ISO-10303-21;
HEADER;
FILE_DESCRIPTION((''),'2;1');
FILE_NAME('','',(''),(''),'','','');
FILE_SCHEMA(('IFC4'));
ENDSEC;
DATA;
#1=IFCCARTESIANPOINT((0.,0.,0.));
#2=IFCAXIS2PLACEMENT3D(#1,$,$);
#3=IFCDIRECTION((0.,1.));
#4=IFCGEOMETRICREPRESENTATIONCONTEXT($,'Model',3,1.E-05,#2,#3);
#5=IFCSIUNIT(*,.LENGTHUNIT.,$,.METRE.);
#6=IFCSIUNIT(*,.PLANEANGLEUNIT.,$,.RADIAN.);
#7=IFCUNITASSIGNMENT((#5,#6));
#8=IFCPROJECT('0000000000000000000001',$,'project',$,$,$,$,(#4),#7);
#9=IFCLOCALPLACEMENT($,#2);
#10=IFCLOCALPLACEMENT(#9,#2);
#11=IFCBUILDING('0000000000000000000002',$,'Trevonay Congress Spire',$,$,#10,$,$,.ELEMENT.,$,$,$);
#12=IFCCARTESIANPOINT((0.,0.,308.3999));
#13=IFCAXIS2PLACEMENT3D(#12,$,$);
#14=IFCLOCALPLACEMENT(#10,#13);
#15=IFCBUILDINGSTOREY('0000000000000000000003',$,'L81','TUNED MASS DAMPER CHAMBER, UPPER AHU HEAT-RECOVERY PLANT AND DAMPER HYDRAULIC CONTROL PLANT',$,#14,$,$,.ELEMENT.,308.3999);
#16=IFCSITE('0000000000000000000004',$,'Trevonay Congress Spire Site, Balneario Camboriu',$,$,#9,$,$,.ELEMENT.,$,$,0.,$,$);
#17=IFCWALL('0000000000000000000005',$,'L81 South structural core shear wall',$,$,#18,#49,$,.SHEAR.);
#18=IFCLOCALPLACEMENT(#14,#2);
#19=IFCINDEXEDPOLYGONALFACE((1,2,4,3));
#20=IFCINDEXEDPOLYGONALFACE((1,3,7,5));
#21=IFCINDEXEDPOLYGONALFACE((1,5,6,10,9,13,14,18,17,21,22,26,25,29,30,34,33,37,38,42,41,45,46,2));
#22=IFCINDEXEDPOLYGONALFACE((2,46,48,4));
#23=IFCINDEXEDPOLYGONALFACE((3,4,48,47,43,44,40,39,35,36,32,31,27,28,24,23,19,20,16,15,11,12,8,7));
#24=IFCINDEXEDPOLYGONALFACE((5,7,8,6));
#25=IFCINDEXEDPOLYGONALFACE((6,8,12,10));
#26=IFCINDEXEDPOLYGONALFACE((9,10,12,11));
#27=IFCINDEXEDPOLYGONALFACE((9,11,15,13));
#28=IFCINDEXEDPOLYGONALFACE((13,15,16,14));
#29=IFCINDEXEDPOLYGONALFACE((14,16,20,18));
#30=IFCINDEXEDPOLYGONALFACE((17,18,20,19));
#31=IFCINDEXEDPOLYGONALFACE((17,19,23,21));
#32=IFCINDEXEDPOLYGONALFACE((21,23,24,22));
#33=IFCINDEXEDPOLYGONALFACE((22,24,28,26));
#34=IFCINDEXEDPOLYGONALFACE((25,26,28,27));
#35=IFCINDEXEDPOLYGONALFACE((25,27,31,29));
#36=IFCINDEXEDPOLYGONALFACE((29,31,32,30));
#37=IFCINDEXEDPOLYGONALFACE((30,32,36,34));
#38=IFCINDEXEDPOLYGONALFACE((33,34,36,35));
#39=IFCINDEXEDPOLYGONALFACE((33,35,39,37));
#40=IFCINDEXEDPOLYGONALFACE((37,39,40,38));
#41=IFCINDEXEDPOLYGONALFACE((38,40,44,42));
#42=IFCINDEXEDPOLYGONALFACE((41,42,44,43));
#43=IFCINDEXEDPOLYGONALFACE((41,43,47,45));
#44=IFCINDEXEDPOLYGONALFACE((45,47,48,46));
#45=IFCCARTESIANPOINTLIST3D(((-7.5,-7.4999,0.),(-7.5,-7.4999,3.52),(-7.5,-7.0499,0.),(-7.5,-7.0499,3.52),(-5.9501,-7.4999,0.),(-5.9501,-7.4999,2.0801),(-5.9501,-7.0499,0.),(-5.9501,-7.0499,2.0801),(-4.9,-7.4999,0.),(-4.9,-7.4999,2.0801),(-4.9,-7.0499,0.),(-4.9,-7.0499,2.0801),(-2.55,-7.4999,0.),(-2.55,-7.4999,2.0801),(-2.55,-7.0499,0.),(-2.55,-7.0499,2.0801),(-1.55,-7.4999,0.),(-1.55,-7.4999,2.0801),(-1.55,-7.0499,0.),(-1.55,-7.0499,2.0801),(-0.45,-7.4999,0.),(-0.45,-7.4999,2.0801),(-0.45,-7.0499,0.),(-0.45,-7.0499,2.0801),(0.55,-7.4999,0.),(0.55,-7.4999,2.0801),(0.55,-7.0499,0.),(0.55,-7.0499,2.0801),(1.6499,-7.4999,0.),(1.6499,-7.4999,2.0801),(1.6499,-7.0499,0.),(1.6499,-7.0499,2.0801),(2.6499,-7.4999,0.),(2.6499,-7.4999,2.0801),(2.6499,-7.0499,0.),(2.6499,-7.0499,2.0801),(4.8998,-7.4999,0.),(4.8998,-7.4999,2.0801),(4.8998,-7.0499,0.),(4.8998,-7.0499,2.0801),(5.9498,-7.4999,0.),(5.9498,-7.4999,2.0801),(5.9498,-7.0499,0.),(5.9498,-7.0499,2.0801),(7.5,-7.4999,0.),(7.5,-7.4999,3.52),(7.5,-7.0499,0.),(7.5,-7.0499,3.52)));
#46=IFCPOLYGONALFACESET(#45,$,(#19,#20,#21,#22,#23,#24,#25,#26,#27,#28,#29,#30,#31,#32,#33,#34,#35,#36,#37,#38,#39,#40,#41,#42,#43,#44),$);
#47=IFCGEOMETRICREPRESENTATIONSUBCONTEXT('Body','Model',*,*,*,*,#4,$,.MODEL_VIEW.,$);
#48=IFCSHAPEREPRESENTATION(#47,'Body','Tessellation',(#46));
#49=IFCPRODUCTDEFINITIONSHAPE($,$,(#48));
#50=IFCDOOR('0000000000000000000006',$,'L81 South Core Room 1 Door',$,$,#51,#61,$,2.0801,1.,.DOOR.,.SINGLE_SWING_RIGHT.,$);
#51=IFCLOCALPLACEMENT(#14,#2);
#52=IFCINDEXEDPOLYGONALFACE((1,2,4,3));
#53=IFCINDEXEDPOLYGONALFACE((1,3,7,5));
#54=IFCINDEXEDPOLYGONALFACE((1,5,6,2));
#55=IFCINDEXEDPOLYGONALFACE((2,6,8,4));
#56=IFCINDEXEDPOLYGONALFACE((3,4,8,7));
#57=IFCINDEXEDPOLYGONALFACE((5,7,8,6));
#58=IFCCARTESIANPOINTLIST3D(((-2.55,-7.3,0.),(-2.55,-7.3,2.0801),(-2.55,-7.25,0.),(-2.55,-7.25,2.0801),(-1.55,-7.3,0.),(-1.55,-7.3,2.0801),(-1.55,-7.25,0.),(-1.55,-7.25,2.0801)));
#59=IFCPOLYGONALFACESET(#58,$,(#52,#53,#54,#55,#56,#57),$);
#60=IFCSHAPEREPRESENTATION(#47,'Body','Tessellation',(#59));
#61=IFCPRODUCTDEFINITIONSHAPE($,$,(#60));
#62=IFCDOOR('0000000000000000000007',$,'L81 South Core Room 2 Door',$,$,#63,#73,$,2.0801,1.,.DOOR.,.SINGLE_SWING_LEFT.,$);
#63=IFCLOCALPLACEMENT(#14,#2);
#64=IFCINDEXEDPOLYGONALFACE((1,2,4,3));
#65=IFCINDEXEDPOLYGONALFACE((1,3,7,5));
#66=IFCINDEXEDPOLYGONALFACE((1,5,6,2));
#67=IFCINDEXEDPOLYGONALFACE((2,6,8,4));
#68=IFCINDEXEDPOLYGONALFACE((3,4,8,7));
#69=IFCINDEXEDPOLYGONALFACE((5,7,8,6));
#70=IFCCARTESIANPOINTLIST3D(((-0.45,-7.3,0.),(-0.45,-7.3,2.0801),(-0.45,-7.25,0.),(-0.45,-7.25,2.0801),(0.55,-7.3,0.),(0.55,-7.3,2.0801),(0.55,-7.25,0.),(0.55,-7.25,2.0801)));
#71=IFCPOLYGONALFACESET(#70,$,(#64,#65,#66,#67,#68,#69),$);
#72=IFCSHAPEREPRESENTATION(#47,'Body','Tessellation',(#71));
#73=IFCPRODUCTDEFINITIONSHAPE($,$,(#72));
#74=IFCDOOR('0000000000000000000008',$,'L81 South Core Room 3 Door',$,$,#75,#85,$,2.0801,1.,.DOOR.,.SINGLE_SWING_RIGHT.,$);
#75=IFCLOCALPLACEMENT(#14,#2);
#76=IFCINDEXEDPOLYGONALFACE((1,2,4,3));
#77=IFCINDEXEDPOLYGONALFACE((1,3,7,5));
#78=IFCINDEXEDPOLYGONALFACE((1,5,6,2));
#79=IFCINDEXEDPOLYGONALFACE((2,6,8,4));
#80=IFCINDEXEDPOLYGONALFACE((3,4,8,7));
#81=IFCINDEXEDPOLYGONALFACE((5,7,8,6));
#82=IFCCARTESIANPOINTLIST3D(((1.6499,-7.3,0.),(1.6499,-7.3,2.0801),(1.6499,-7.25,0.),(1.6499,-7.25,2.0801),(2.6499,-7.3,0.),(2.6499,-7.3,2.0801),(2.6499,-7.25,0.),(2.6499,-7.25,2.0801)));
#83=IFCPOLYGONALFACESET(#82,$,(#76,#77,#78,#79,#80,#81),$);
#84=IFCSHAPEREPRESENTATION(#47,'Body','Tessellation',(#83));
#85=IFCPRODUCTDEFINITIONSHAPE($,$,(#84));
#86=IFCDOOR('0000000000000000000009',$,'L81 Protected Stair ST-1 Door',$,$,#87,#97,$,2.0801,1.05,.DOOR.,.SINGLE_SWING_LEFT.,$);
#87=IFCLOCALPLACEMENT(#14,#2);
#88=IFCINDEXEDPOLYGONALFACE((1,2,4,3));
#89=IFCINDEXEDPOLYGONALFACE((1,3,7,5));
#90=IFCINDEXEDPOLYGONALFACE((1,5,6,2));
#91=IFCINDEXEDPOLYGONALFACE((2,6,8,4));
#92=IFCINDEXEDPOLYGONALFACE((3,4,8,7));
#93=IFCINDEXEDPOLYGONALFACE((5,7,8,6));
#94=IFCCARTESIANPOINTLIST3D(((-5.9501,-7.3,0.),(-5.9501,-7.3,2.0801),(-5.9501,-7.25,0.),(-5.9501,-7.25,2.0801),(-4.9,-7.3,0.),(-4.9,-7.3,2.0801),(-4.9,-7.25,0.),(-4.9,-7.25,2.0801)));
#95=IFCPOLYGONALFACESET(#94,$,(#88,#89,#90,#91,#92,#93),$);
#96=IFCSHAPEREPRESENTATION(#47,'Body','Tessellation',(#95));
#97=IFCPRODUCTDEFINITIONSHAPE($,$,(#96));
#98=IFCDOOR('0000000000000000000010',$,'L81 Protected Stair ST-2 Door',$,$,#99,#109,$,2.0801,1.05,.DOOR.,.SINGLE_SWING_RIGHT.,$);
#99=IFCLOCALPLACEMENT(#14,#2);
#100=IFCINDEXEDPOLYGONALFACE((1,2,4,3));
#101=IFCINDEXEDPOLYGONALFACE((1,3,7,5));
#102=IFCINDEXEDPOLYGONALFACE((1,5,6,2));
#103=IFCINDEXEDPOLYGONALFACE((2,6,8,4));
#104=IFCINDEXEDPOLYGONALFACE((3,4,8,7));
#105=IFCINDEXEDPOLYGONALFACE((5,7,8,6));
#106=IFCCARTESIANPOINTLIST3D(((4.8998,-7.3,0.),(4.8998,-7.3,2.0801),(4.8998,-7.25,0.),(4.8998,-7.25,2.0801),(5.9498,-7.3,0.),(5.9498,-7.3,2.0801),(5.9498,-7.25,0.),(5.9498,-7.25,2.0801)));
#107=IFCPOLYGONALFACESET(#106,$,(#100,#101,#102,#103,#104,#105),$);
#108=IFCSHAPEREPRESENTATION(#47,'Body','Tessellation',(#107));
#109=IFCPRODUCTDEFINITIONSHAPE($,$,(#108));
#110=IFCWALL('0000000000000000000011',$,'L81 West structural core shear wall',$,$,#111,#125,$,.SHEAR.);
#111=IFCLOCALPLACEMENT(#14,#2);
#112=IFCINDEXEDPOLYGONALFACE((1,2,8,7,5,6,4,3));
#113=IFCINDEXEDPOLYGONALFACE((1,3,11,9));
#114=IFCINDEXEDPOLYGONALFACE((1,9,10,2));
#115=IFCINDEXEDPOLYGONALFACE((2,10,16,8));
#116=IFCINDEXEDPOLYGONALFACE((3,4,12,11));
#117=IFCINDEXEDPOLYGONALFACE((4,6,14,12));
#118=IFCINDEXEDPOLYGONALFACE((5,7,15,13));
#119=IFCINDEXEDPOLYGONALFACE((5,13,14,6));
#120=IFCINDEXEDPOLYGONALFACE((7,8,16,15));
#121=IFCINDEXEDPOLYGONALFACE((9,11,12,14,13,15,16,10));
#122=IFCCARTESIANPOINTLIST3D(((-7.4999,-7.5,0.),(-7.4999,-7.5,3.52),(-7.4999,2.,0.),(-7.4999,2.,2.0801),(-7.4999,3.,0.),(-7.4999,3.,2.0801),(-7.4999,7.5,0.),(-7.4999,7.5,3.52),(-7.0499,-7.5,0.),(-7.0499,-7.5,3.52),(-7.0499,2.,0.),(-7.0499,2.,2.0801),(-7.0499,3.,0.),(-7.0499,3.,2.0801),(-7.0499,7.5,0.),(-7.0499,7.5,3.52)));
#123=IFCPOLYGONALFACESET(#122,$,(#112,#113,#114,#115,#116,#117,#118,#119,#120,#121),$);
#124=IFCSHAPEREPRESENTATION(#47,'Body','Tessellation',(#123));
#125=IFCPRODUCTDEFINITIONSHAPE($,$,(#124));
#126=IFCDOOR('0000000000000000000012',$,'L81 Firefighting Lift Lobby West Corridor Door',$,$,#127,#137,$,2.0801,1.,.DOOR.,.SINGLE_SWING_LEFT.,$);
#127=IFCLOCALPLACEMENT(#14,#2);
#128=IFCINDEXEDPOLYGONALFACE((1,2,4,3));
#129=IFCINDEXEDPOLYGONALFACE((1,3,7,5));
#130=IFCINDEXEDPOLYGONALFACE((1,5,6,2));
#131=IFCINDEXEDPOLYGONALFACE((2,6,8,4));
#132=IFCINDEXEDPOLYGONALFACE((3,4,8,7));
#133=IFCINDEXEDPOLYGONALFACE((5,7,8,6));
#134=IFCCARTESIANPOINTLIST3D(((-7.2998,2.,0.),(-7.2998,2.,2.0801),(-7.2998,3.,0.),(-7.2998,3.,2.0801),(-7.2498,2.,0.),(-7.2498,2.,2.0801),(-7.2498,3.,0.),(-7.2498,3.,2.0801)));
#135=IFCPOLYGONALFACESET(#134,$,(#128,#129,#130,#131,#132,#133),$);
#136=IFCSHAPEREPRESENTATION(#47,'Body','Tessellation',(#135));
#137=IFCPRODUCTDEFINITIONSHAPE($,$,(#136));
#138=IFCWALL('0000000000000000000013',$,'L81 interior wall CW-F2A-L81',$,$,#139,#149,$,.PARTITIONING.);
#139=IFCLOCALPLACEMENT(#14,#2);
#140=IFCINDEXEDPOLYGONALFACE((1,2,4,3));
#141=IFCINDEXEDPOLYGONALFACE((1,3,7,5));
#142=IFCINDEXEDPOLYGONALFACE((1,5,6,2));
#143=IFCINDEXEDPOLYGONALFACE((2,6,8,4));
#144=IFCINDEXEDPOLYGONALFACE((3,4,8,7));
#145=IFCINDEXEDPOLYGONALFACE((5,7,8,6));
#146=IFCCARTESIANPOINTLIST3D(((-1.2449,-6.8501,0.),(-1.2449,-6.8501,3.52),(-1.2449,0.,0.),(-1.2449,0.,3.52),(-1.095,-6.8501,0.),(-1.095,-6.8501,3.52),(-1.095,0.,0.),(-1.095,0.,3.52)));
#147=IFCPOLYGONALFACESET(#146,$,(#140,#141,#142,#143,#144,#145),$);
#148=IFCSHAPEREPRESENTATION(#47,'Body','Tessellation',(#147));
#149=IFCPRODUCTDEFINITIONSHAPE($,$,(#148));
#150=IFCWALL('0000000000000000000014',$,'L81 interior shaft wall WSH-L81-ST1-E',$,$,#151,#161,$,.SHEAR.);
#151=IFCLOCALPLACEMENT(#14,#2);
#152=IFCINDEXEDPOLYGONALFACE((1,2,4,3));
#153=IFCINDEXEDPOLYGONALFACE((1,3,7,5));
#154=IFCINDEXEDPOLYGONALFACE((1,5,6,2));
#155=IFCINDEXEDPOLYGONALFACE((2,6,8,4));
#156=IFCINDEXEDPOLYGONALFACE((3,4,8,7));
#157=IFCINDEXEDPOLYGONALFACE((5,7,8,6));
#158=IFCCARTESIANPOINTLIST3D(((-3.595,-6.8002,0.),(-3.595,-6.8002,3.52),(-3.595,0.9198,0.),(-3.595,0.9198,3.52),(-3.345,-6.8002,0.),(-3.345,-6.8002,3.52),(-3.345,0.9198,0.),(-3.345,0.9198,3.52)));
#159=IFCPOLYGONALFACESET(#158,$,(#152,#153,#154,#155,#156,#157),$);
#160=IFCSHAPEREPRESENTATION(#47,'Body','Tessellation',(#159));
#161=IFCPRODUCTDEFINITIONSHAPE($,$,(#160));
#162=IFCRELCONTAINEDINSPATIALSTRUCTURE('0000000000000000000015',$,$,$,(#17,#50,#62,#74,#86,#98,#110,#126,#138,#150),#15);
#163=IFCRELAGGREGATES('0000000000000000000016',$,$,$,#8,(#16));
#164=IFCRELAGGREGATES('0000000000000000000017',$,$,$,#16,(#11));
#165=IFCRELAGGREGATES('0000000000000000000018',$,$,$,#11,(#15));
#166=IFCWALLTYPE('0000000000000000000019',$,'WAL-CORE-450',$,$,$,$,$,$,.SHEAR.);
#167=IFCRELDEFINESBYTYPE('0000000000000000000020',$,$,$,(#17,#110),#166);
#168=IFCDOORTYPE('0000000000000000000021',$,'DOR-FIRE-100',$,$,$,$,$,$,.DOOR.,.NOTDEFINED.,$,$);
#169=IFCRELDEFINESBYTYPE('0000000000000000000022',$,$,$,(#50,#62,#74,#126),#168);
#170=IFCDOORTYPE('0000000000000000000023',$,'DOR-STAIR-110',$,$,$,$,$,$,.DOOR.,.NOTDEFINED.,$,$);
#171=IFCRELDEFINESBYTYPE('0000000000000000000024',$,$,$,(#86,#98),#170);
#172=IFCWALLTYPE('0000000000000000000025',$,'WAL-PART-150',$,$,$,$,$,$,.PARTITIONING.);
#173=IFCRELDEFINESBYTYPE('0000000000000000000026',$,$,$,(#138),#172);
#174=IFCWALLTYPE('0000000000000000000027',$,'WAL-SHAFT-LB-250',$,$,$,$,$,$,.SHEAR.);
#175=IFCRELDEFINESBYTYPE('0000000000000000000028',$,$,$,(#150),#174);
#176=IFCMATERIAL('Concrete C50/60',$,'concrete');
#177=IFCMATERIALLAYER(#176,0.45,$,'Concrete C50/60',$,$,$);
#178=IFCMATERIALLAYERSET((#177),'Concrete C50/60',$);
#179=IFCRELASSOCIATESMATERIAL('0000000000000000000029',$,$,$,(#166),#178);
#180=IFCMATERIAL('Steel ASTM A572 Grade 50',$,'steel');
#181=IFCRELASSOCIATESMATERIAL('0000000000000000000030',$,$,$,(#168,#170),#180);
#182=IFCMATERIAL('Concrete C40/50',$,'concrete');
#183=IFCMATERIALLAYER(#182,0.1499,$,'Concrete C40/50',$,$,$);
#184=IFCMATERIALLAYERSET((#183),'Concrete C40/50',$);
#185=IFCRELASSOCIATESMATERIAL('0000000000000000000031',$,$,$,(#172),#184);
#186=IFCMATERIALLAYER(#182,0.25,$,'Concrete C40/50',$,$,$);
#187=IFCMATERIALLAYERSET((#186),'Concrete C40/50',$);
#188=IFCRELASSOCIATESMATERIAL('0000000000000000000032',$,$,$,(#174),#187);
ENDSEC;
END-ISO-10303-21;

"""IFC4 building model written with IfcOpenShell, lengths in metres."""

from ifc_helpers import new_model, si_unit, direction, frame, frame_2d, origin, place, context, subcontext, project, spatial, rectangle, extrude, material, layer, layer_set, type_object, element, fill, save


model = new_model("IFC4")

# Units and contexts
model_context = context("Model", 3, precision=1e-05, world=origin(), true_north=direction((0.0, 1.0)))
body_context = subcontext(model_context, "Body", "Model", "MODEL_VIEW")
ifc_project = project(units=[si_unit("LENGTHUNIT", "METRE"), si_unit("PLANEANGLEUNIT", "RADIAN")], contexts=[model_context])

# Site, building, storey
site_placement = place(None, origin())
site = spatial("IfcSite", under=ifc_project, at=site_placement, Name="Trevonay Congress Spire Site, Balneario Camboriu", CompositionType="ELEMENT", RefElevation=0.0)
building_placement = place(site_placement, origin())
building = spatial("IfcBuilding", under=site, at=building_placement, Name="Trevonay Congress Spire", CompositionType="ELEMENT")
storey_placement = place(building_placement, frame((0.0, 0.0, 308.3999)))
storey = spatial("IfcBuildingStorey", under=building, at=storey_placement, Name="L81", Description="TUNED MASS DAMPER CHAMBER, UPPER AHU HEAT-RECOVERY PLANT AND DAMPER HYDRAULIC CONTROL PLANT", CompositionType="ELEMENT", Elevation=308.3999)

# Shared definitions
ifc_material_1 = material(Name="Steel ASTM A572 Grade 50", Category="steel")

# Wall, openings, doors
ifc_material_2 = material(Name="Concrete C50/60", Category="concrete")
ifc_layer_1 = layer(ifc_material_2, 0.45, Name="Concrete C50/60")
ifc_layer_set_1 = layer_set([ifc_layer_1], Name="Concrete C50/60")
wall_type_1 = type_object("IfcWallType", Name="WAL-CORE-450", PredefinedType="SHEAR", material=ifc_layer_set_1)
wall_1_placement = place(storey_placement, frame((-7.5, -7.2749, 0.0), z_axis=(0.0, 0.0, 1.0), x_axis=(1.0, 0.0, 0.0)))
wall_1 = element("IfcWall", 1, at=wall_1_placement, inside=storey, type_object=wall_type_1, Name="L81 South structural core shear wall", PredefinedType="SHEAR", context=body_context, shape_type="SweptSolid", body=[
    extrude(rectangle(XDim=15.0, YDim=0.45, at=frame_2d((7.5, 0.0))), origin(), (0.0, 0.0, 1.0), 3.52),
])
opening_1_placement = place(wall_1_placement, frame((1.55, 0.0, 0.0)))
opening_1 = element("IfcOpeningElement", 2, at=opening_1_placement, cuts=wall_1, PredefinedType="OPENING", context=body_context, shape_type="SweptSolid", body=[
    extrude(rectangle(XDim=1.05, YDim=2.0801, at=frame_2d((0.5249, 1.04))), frame((0.0, 0.2349, 0.0), z_axis=(0.0, -1.0, 0.0), x_axis=(1.0, 0.0, 0.0)), (0.0, 0.0, 1.0), 0.47),
])
opening_2_placement = place(wall_1_placement, frame((12.3999, 0.0, 0.0)))
opening_2 = element("IfcOpeningElement", 3, at=opening_2_placement, cuts=wall_1, PredefinedType="OPENING", context=body_context, shape_type="SweptSolid", body=[
    extrude(rectangle(XDim=1.05, YDim=2.0801, at=frame_2d((0.5249, 1.04))), frame((0.0, 0.2349, 0.0), z_axis=(0.0, -1.0, 0.0), x_axis=(1.0, 0.0, 0.0)), (0.0, 0.0, 1.0), 0.47),
])
opening_3_placement = place(wall_1_placement, frame((4.95, 0.0, 0.0)))
opening_3 = element("IfcOpeningElement", 4, at=opening_3_placement, cuts=wall_1, PredefinedType="OPENING", context=body_context, shape_type="SweptSolid", body=[
    extrude(rectangle(XDim=1.0, YDim=2.0801, at=frame_2d((0.5, 1.04))), frame((0.0, 0.2349, 0.0), z_axis=(0.0, -1.0, 0.0), x_axis=(1.0, 0.0, 0.0)), (0.0, 0.0, 1.0), 0.47),
])
opening_4_placement = place(wall_1_placement, frame((7.05, 0.0, 0.0)))
opening_4 = element("IfcOpeningElement", 5, at=opening_4_placement, cuts=wall_1, PredefinedType="OPENING", context=body_context, shape_type="SweptSolid", body=[
    extrude(rectangle(XDim=1.0, YDim=2.0801, at=frame_2d((0.5, 1.04))), frame((0.0, 0.2349, 0.0), z_axis=(0.0, -1.0, 0.0), x_axis=(1.0, 0.0, 0.0)), (0.0, 0.0, 1.0), 0.47),
])
opening_5_placement = place(wall_1_placement, frame((9.1499, 0.0, 0.0)))
opening_5 = element("IfcOpeningElement", 6, at=opening_5_placement, cuts=wall_1, PredefinedType="OPENING", context=body_context, shape_type="SweptSolid", body=[
    extrude(rectangle(XDim=1.0, YDim=2.0801, at=frame_2d((0.5, 1.04))), frame((0.0, 0.2349, 0.0), z_axis=(0.0, -1.0, 0.0), x_axis=(1.0, 0.0, 0.0)), (0.0, 0.0, 1.0), 0.47),
])
door_type_1 = type_object("IfcDoorType", Name="DOR-FIRE-100", OperationType="NOTDEFINED", PredefinedType="DOOR", material=ifc_material_1)
door_1_placement = place(opening_3_placement, origin())
door_1 = element("IfcDoor", 7, at=door_1_placement, inside=storey, type_object=door_type_1, Name="L81 South Core Room 1 Door", OperationType="SINGLE_SWING_RIGHT", OverallHeight=2.0801, OverallWidth=1.0, PredefinedType="DOOR", context=body_context, shape_type="SweptSolid", body=[
    extrude(rectangle(XDim=1.0, YDim=2.0801, at=frame_2d((0.5, 1.04))), frame((0.0, 0.0249, 0.0), z_axis=(0.0, -1.0, 0.0), x_axis=(1.0, 0.0, 0.0)), (0.0, 0.0, 1.0), 0.05),
])
fill(opening_3, door_1)
door_2_placement = place(opening_4_placement, origin())
door_2 = element("IfcDoor", 8, at=door_2_placement, inside=storey, type_object=door_type_1, Name="L81 South Core Room 2 Door", OperationType="SINGLE_SWING_LEFT", OverallHeight=2.0801, OverallWidth=1.0, PredefinedType="DOOR", context=body_context, shape_type="SweptSolid", body=[
    extrude(rectangle(XDim=1.0, YDim=2.0801, at=frame_2d((0.5, 1.04))), frame((0.0, 0.0249, 0.0), z_axis=(0.0, -1.0, 0.0), x_axis=(1.0, 0.0, 0.0)), (0.0, 0.0, 1.0), 0.05),
])
fill(opening_4, door_2)
door_3_placement = place(opening_5_placement, origin())
door_3 = element("IfcDoor", 9, at=door_3_placement, inside=storey, type_object=door_type_1, Name="L81 South Core Room 3 Door", OperationType="SINGLE_SWING_RIGHT", OverallHeight=2.0801, OverallWidth=1.0, PredefinedType="DOOR", context=body_context, shape_type="SweptSolid", body=[
    extrude(rectangle(XDim=1.0, YDim=2.0801, at=frame_2d((0.5, 1.04))), frame((0.0, 0.0249, 0.0), z_axis=(0.0, -1.0, 0.0), x_axis=(1.0, 0.0, 0.0)), (0.0, 0.0, 1.0), 0.05),
])
fill(opening_5, door_3)
door_type_2 = type_object("IfcDoorType", Name="DOR-STAIR-110", OperationType="NOTDEFINED", PredefinedType="DOOR", material=ifc_material_1)
door_4_placement = place(opening_1_placement, origin())
door_4 = element("IfcDoor", 10, at=door_4_placement, inside=storey, type_object=door_type_2, Name="L81 Protected Stair ST-1 Door", OperationType="SINGLE_SWING_LEFT", OverallHeight=2.0801, OverallWidth=1.05, PredefinedType="DOOR", context=body_context, shape_type="SweptSolid", body=[
    extrude(rectangle(XDim=1.05, YDim=2.0801, at=frame_2d((0.5249, 1.04))), frame((0.0, 0.0249, 0.0), z_axis=(0.0, -1.0, 0.0), x_axis=(1.0, 0.0, 0.0)), (0.0, 0.0, 1.0), 0.05),
])
fill(opening_1, door_4)
door_5_placement = place(opening_2_placement, origin())
door_5 = element("IfcDoor", 11, at=door_5_placement, inside=storey, type_object=door_type_2, Name="L81 Protected Stair ST-2 Door", OperationType="SINGLE_SWING_RIGHT", OverallHeight=2.0801, OverallWidth=1.05, PredefinedType="DOOR", context=body_context, shape_type="SweptSolid", body=[
    extrude(rectangle(XDim=1.05, YDim=2.0801, at=frame_2d((0.5249, 1.04))), frame((0.0, 0.0249, 0.0), z_axis=(0.0, -1.0, 0.0), x_axis=(1.0, 0.0, 0.0)), (0.0, 0.0, 1.0), 0.05),
])
fill(opening_2, door_5)

# Wall, opening, door
wall_2_placement = place(storey_placement, frame((-7.2749, -7.5, 0.0), z_axis=(0.0, 0.0, 1.0), x_axis=(0.0, 1.0, 0.0)))
wall_2 = element("IfcWall", 12, at=wall_2_placement, inside=storey, type_object=wall_type_1, Name="L81 West structural core shear wall", PredefinedType="SHEAR", context=body_context, shape_type="SweptSolid", body=[
    extrude(rectangle(XDim=15.0, YDim=0.45, at=frame_2d((7.5, 0.0))), origin(), (0.0, 0.0, 1.0), 3.52),
])
opening_6_placement = place(wall_2_placement, frame((9.5, 0.0, 0.0)))
opening_6 = element("IfcOpeningElement", 13, at=opening_6_placement, cuts=wall_2, PredefinedType="OPENING", context=body_context, shape_type="SweptSolid", body=[
    extrude(rectangle(XDim=1.0, YDim=2.0801, at=frame_2d((0.5, 1.04))), frame((0.0, 0.2349, 0.0), z_axis=(0.0, -1.0, 0.0), x_axis=(1.0, 0.0, 0.0)), (0.0, 0.0, 1.0), 0.47),
])
door_6_placement = place(opening_6_placement, origin())
door_6 = element("IfcDoor", 14, at=door_6_placement, inside=storey, type_object=door_type_1, Name="L81 Firefighting Lift Lobby West Corridor Door", OperationType="SINGLE_SWING_LEFT", OverallHeight=2.0801, OverallWidth=1.0, PredefinedType="DOOR", context=body_context, shape_type="SweptSolid", body=[
    extrude(rectangle(XDim=1.0, YDim=2.0801, at=frame_2d((0.5, 1.04))), frame((0.0, 0.0249, 0.0), z_axis=(0.0, -1.0, 0.0), x_axis=(1.0, 0.0, 0.0)), (0.0, 0.0, 1.0), 0.05),
])
fill(opening_6, door_6)

# Walls
ifc_material_3 = material(Name="Concrete C40/50", Category="concrete")
ifc_layer_2 = layer(ifc_material_3, 0.1499, Name="Concrete C40/50")
ifc_layer_set_2 = layer_set([ifc_layer_2], Name="Concrete C40/50")
wall_type_2 = type_object("IfcWallType", Name="WAL-PART-150", PredefinedType="PARTITIONING", material=ifc_layer_set_2)
wall_3_placement = place(storey_placement, frame((-1.1699, -6.8501, 0.0), z_axis=(0.0, 0.0, 1.0), x_axis=(0.0, 1.0, 0.0)))
element("IfcWall", 15, at=wall_3_placement, inside=storey, type_object=wall_type_2, Name="L81 interior wall CW-F2A-L81", PredefinedType="PARTITIONING", context=body_context, shape_type="SweptSolid", body=[
    extrude(rectangle(XDim=6.8501, YDim=0.1499, at=frame_2d((3.425, 0.0))), origin(), (0.0, 0.0, 1.0), 3.52),
])
ifc_layer_3 = layer(ifc_material_3, 0.25, Name="Concrete C40/50")
ifc_layer_set_3 = layer_set([ifc_layer_3], Name="Concrete C40/50")
wall_type_3 = type_object("IfcWallType", Name="WAL-SHAFT-LB-250", PredefinedType="SHEAR", material=ifc_layer_set_3)
wall_4_placement = place(storey_placement, frame((-3.47, -6.8, 0.0), z_axis=(0.0, 0.0, 1.0), x_axis=(0.0, 1.0, 0.0)))
element("IfcWall", 16, at=wall_4_placement, inside=storey, type_object=wall_type_3, Name="L81 interior shaft wall WSH-L81-ST1-E", PredefinedType="SHEAR", context=body_context, shape_type="SweptSolid", body=[
    extrude(rectangle(XDim=7.72, YDim=0.25, at=frame_2d((3.8599, 0.0))), origin(), (0.0, 0.0, 1.0), 3.52),
])

save(model, "model.ifc")
